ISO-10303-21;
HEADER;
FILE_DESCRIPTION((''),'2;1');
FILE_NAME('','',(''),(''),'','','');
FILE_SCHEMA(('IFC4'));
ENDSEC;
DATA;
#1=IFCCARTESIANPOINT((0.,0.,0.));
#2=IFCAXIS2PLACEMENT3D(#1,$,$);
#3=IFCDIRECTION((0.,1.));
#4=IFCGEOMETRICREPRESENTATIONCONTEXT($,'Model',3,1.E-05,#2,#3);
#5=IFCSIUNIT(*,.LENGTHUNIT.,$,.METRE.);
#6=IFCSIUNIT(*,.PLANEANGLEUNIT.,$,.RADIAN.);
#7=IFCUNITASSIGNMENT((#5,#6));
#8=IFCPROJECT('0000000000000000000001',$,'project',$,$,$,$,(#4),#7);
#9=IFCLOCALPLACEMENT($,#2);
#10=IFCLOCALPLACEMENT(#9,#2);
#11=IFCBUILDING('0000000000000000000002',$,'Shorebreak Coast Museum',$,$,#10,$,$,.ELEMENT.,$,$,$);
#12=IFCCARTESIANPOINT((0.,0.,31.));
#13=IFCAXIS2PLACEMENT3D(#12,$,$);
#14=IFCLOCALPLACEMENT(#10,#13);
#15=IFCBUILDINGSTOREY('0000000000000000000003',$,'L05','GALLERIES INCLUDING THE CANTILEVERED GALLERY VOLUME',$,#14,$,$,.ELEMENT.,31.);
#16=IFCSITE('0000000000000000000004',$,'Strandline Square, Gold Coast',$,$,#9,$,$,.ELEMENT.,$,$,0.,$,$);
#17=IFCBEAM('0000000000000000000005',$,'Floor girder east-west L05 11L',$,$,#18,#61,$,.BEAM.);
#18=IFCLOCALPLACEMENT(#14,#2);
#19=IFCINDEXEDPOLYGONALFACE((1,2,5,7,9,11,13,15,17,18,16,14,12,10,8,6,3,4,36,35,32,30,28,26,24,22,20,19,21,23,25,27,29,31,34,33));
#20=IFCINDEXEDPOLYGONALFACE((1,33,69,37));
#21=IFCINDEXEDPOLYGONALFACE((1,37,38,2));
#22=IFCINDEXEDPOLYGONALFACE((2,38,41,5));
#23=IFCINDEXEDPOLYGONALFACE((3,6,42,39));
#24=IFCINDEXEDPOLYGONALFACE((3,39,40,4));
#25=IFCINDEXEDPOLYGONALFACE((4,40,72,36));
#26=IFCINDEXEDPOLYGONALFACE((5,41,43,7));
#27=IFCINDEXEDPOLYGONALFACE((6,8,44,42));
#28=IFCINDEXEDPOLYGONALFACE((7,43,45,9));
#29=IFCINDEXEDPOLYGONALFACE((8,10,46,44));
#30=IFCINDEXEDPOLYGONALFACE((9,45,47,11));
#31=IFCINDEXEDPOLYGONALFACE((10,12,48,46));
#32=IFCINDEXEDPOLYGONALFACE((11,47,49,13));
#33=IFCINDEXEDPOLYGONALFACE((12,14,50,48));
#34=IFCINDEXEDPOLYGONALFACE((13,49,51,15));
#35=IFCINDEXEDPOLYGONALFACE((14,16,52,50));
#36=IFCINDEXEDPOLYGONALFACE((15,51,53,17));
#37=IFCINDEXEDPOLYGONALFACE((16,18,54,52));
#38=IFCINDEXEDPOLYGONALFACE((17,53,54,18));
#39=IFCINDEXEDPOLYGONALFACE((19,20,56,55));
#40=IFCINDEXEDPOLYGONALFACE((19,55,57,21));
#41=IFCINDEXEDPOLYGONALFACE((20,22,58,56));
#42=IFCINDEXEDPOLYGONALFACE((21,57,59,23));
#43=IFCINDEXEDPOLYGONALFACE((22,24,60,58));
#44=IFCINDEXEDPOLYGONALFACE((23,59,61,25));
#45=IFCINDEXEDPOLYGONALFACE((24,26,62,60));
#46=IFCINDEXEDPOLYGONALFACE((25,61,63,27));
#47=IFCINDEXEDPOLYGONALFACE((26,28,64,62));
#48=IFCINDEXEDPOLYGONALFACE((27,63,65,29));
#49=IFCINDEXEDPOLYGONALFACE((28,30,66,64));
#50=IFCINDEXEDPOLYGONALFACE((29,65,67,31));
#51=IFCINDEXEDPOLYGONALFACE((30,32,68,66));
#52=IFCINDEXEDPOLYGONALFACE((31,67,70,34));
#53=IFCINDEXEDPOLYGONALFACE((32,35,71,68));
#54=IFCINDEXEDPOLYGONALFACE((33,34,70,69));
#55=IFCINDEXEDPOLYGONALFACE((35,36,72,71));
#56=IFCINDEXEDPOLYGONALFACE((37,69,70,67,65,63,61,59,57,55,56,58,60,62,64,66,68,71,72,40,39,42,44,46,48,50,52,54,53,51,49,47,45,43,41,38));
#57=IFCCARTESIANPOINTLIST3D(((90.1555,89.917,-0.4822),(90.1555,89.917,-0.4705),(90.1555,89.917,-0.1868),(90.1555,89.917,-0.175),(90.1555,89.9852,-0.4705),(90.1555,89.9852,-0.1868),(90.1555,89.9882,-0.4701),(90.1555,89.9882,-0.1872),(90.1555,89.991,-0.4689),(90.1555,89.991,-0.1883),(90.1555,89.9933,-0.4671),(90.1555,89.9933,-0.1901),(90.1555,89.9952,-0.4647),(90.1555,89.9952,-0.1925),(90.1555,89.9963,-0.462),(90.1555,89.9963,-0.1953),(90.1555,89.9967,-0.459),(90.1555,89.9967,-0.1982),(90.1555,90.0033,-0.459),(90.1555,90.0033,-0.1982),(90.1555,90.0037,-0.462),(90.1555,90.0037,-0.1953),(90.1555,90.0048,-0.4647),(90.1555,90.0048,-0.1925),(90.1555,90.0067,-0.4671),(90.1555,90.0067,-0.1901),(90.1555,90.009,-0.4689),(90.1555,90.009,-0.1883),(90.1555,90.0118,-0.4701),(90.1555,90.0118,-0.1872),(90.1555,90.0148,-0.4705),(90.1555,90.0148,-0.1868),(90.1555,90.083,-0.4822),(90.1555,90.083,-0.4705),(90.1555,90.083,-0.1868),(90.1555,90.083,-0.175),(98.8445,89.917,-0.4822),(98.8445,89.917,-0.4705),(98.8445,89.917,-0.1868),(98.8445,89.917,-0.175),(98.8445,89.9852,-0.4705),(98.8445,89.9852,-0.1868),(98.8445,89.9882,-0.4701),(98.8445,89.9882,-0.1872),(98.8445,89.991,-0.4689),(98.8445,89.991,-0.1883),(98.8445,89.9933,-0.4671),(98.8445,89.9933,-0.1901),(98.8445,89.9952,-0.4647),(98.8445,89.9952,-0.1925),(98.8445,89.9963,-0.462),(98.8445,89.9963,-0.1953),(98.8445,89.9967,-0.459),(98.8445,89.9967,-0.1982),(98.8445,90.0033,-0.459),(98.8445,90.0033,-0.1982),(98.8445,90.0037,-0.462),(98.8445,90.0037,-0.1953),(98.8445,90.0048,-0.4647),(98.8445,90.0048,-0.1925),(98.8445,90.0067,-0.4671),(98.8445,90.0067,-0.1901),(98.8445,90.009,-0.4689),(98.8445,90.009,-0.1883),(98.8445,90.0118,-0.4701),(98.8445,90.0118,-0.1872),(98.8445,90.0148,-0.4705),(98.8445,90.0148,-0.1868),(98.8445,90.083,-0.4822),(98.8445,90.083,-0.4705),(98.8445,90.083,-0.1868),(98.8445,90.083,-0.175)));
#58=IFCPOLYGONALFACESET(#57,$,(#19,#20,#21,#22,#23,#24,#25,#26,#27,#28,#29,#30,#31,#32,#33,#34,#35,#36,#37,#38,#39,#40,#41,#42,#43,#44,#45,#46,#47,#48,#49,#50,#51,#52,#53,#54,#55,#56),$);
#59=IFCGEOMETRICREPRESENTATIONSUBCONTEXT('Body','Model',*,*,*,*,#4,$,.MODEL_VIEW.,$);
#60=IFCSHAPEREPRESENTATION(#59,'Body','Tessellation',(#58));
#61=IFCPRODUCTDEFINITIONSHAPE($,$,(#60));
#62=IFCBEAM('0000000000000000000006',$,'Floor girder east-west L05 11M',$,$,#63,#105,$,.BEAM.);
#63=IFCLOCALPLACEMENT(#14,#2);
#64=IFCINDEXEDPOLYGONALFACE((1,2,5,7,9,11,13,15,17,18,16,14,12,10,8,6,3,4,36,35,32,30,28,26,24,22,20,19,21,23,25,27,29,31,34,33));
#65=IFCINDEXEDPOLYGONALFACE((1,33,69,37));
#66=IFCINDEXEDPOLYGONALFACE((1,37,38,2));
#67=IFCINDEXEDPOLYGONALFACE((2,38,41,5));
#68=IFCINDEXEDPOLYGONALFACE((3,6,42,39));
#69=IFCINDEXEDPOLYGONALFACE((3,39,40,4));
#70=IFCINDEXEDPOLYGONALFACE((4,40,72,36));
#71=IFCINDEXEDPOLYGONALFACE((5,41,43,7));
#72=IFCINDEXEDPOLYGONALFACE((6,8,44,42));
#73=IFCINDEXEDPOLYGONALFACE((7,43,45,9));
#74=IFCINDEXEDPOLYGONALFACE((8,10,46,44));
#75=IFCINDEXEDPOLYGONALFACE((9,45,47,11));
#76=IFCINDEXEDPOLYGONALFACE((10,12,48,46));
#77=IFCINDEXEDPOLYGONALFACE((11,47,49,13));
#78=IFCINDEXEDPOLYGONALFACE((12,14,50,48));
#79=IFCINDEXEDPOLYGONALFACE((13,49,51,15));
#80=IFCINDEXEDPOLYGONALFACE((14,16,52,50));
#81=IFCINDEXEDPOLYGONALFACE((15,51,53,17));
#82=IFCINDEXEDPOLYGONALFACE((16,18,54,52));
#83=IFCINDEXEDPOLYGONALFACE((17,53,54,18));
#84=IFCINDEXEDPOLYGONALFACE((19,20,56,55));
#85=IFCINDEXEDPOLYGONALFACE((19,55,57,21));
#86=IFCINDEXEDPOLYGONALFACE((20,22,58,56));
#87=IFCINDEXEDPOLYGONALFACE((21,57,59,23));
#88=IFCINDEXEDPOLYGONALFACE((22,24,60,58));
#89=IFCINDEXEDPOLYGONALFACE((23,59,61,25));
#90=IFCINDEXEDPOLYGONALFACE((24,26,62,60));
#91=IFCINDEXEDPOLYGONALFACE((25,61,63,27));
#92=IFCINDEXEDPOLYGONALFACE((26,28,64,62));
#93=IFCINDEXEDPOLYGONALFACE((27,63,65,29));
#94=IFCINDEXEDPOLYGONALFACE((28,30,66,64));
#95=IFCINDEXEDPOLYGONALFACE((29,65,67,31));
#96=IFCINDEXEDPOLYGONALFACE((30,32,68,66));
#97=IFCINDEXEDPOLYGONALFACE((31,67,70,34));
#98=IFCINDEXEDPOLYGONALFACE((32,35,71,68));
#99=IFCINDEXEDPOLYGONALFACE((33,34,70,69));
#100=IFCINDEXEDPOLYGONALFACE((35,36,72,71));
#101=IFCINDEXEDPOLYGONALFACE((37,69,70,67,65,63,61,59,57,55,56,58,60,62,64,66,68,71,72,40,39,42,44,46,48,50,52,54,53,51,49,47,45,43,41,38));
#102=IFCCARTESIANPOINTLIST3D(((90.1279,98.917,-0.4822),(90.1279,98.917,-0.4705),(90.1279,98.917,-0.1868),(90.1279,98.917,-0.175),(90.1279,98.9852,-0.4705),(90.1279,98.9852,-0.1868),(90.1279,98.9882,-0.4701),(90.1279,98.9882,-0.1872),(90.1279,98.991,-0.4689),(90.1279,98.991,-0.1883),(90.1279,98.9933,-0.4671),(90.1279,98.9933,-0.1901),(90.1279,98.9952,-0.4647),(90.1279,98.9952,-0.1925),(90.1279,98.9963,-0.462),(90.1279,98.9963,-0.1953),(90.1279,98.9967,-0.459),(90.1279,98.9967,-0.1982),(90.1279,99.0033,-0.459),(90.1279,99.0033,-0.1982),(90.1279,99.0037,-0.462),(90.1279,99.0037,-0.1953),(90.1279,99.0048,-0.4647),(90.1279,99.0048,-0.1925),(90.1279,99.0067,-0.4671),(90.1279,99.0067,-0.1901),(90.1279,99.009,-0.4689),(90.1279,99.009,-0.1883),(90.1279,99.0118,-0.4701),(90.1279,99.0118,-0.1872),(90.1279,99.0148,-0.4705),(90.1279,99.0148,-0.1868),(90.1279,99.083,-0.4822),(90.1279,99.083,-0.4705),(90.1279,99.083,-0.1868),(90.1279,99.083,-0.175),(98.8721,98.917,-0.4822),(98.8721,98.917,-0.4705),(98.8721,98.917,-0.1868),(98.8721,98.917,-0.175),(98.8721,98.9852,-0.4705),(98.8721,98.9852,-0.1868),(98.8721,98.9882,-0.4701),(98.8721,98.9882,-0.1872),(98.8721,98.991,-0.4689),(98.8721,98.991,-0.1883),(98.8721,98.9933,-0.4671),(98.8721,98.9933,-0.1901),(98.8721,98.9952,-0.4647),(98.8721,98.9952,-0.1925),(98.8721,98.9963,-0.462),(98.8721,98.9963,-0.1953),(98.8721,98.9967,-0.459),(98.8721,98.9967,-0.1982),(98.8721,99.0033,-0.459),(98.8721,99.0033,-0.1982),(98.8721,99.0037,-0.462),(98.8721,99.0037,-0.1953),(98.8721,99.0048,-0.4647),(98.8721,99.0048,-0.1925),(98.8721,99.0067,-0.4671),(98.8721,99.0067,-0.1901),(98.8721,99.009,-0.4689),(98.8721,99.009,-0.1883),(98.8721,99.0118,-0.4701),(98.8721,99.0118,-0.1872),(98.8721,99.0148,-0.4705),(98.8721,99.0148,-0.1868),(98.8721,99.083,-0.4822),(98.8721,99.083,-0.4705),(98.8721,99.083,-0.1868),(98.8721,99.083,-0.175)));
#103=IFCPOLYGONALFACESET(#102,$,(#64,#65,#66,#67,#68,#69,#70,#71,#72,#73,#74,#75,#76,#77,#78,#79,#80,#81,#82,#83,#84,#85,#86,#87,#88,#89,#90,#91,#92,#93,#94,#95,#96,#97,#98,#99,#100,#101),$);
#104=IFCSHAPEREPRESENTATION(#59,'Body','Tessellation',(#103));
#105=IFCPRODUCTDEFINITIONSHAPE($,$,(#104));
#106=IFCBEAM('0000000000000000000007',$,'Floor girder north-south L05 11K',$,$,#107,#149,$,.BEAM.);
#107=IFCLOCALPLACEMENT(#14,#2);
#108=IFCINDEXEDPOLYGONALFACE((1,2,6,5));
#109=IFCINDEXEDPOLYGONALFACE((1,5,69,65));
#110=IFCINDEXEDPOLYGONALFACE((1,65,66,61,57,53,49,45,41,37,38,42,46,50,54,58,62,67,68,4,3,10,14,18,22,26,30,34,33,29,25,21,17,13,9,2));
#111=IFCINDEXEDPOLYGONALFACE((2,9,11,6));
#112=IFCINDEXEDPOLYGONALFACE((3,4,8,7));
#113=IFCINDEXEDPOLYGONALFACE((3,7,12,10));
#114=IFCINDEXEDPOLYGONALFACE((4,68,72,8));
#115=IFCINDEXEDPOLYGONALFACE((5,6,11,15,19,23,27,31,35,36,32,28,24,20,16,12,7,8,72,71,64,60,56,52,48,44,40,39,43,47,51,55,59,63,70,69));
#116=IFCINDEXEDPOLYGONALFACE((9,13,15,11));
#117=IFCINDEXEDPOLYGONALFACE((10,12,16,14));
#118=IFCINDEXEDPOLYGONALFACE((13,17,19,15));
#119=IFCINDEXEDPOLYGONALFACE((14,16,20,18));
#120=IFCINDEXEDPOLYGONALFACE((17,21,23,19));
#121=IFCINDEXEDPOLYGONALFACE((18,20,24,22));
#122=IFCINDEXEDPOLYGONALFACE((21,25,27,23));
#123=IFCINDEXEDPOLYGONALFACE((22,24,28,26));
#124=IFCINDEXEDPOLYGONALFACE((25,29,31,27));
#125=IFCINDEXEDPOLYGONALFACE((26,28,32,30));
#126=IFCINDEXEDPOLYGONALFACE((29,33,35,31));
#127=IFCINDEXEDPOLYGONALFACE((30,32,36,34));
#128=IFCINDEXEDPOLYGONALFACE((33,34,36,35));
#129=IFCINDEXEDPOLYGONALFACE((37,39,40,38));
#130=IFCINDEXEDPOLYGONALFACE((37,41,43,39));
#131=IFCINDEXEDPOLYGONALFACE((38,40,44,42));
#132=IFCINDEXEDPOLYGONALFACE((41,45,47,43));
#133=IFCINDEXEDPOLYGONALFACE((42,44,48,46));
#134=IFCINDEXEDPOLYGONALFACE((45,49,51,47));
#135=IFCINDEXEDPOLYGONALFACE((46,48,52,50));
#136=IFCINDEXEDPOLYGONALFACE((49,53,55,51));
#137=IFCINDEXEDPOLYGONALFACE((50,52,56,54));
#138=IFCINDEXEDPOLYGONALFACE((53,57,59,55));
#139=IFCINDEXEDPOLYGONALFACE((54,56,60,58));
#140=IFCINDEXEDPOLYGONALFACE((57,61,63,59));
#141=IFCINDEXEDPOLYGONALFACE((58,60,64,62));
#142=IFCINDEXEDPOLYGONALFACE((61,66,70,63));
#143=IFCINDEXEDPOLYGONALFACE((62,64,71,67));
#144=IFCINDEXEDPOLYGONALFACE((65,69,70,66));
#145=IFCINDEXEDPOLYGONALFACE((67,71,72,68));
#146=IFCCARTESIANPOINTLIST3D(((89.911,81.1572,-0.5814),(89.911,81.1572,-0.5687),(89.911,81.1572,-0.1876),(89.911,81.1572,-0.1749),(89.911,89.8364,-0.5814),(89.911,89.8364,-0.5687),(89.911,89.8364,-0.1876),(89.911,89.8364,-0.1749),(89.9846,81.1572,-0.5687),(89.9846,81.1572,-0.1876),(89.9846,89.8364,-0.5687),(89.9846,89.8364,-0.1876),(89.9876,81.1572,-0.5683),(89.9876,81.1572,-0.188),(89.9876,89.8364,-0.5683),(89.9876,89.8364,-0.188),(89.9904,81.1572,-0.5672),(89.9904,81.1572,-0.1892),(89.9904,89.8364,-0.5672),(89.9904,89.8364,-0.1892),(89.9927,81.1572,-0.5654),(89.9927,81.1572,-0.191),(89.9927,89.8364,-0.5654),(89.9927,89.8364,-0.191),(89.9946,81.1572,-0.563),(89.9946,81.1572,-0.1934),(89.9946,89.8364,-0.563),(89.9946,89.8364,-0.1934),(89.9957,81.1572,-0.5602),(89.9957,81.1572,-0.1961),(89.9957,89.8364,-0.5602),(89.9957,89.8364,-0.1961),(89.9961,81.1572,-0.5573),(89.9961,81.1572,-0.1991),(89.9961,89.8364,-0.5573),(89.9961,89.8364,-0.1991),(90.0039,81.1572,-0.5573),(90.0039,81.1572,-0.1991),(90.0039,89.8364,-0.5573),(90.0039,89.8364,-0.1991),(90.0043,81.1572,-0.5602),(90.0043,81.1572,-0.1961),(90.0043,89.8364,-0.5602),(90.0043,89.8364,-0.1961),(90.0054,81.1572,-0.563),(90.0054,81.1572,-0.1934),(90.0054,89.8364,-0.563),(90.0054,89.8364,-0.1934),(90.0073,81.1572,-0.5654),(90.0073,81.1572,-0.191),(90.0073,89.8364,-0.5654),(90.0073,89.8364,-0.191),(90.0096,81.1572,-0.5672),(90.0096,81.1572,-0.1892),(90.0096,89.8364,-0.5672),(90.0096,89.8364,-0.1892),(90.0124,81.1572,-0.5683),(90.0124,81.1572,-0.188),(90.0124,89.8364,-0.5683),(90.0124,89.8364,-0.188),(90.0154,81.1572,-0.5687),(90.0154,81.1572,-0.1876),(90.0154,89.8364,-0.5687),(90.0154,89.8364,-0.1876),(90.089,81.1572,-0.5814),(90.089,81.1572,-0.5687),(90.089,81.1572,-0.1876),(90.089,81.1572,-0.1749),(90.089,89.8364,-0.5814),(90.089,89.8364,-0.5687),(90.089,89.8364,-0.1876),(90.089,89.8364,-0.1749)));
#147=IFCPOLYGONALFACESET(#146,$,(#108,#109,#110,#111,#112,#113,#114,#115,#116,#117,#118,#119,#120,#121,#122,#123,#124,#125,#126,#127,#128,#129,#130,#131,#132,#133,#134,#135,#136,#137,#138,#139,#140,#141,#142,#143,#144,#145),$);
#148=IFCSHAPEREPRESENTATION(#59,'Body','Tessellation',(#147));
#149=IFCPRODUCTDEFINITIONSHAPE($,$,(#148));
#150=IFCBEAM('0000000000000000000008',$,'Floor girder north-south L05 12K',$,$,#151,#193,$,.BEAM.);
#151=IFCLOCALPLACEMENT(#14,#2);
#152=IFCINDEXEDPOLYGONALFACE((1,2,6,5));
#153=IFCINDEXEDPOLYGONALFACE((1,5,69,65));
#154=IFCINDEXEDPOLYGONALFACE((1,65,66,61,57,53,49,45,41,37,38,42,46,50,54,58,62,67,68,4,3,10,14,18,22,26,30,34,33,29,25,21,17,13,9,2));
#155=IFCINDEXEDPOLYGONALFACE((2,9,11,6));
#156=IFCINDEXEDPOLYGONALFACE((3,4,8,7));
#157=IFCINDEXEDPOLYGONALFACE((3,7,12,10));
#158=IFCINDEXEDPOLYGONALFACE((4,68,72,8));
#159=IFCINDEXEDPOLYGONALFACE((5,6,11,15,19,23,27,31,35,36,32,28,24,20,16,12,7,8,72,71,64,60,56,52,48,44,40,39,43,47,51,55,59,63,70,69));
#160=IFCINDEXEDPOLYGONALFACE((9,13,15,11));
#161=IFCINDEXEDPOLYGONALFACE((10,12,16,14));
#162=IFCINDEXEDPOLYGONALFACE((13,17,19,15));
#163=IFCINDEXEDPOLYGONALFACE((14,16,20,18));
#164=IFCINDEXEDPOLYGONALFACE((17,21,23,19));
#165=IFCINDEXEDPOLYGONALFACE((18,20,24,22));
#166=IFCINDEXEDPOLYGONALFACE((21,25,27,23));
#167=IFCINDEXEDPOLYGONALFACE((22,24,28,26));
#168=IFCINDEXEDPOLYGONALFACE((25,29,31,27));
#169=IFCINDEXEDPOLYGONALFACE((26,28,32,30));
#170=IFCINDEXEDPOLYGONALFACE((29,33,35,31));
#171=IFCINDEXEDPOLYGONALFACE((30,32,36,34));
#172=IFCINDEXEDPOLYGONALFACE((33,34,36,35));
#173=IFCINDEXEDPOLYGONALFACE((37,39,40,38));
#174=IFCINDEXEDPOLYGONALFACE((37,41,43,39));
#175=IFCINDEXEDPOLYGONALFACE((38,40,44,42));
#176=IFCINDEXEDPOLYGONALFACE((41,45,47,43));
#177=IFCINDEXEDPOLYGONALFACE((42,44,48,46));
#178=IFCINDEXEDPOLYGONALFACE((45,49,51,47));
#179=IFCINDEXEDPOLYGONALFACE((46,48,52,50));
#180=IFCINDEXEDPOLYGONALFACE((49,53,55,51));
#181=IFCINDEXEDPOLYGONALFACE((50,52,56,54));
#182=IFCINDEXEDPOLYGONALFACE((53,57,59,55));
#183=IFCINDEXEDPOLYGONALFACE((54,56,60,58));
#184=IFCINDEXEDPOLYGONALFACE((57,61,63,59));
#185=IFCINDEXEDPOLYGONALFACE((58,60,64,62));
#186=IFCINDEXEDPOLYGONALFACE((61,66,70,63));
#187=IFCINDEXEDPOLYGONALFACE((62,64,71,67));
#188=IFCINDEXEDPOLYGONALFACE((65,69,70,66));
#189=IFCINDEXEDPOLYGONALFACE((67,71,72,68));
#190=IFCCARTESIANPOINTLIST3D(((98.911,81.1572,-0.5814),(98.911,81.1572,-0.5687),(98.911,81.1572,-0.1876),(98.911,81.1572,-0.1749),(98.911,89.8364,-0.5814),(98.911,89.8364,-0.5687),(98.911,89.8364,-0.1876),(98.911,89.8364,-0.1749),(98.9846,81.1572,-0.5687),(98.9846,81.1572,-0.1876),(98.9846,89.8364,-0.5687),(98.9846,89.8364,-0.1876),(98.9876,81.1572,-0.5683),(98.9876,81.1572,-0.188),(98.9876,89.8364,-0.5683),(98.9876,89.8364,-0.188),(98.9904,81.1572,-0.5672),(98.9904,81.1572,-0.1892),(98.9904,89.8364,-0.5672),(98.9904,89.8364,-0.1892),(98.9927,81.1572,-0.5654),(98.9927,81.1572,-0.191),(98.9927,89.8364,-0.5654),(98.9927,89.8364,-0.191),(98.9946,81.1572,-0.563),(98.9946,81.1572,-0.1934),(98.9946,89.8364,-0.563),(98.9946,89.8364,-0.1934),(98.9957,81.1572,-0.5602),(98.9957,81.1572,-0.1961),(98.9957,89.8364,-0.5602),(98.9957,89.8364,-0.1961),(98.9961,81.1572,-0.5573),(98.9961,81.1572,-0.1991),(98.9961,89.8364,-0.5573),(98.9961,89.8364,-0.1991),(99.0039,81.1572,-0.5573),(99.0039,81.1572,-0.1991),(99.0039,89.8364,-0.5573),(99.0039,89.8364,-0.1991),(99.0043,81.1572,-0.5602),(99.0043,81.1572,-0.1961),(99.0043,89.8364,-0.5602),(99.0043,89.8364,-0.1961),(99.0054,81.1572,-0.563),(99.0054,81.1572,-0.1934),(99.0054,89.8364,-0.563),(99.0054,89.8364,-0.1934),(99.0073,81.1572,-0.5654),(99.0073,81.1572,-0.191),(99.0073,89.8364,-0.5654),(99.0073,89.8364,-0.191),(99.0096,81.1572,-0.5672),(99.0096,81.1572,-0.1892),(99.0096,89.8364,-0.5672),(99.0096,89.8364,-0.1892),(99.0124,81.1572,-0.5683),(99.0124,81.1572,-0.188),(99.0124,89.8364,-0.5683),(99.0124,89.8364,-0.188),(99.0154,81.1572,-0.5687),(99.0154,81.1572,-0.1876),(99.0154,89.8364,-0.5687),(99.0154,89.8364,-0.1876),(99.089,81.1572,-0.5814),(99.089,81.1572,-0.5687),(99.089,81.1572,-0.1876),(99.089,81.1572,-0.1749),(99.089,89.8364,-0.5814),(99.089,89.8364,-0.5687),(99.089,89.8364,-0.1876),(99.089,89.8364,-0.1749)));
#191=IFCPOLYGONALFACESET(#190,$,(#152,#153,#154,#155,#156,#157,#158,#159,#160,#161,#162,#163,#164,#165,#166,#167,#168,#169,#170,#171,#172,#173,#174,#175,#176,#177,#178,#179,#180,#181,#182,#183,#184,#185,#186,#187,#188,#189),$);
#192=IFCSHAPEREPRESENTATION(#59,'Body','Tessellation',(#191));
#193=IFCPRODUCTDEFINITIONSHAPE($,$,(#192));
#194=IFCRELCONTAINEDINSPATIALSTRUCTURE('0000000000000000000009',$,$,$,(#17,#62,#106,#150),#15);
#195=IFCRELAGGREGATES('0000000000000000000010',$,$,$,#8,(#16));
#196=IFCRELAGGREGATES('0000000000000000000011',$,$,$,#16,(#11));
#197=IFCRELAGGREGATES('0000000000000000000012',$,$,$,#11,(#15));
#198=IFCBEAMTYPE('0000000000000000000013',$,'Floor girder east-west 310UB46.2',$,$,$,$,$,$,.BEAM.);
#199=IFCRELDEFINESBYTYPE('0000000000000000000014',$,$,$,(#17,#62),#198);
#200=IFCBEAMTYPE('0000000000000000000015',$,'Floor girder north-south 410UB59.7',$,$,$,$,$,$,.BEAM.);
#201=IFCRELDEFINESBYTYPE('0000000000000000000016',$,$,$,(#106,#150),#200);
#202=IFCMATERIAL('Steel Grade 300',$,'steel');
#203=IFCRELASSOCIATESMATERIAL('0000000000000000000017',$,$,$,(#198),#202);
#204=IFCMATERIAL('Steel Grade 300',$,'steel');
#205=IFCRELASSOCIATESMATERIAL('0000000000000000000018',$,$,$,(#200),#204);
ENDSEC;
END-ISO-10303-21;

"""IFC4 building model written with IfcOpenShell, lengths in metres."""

from ifc_helpers import new_model, si_unit, direction, frame, origin, origin_2d, place, context, subcontext, project, spatial, i_section, extrude, material, material_profile, profile_set, type_object, element, save


model = new_model("IFC4")

# Units and contexts
model_context = context("Model", 3, precision=1e-05, world=origin(), true_north=direction((0.0, 1.0)))
body_context = subcontext(model_context, "Body", "Model", "MODEL_VIEW")
ifc_project = project(units=[si_unit("LENGTHUNIT", "METRE"), si_unit("PLANEANGLEUNIT", "RADIAN")], contexts=[model_context])

# Site, building, storey
site_placement = place(None, origin())
site = spatial("IfcSite", under=ifc_project, at=site_placement, Name="Strandline Square, Gold Coast", CompositionType="ELEMENT", RefElevation=0.0)
building_placement = place(site_placement, origin())
building = spatial("IfcBuilding", under=site, at=building_placement, Name="Shorebreak Coast Museum", CompositionType="ELEMENT")
storey_placement = place(building_placement, frame((0.0, 0.0, 31.0)))
storey = spatial("IfcBuildingStorey", under=building, at=storey_placement, Name="L05", Description="GALLERIES INCLUDING THE CANTILEVERED GALLERY VOLUME", CompositionType="ELEMENT", Elevation=31.0)

# Beams
ifc_material_1 = material(Name="Steel Grade 300", Category="steel")
ifc_material_profile_1 = material_profile(ifc_material_1, i_section(OverallWidth=0.166, OverallDepth=0.3071, WebThickness=0.0066, FlangeThickness=0.0117, FilletRadius=0.0115, at=origin_2d()), Name="310UB46.2")
ifc_profile_set_1 = profile_set([ifc_material_profile_1], Name="Steel Grade 300")
beam_type_1 = type_object("IfcBeamType", Name="Floor girder east-west 310UB46.2", PredefinedType="BEAM", material=ifc_profile_set_1)
beam_1_placement = place(storey_placement, frame((90.1555, 90.0, -0.3286), z_axis=(1.0, 0.0, 0.0), x_axis=(0.0, 1.0, 0.0)))
element("IfcBeam", 1, at=beam_1_placement, inside=storey, type_object=beam_type_1, Name="Floor girder east-west L05 11L", PredefinedType="BEAM", context=body_context, shape_type="SweptSolid", body=[
    extrude(i_section(OverallWidth=0.166, OverallDepth=0.3071, WebThickness=0.0066, FlangeThickness=0.0117, FilletRadius=0.0115, at=origin_2d()), origin(), (0.0, 0.0, 1.0), 8.689),
])
beam_2_placement = place(storey_placement, frame((90.1279, 99.0, -0.3286), z_axis=(1.0, 0.0, 0.0), x_axis=(0.0, 1.0, 0.0)))
element("IfcBeam", 2, at=beam_2_placement, inside=storey, type_object=beam_type_1, Name="Floor girder east-west L05 11M", PredefinedType="BEAM", context=body_context, shape_type="SweptSolid", body=[
    extrude(i_section(OverallWidth=0.166, OverallDepth=0.3071, WebThickness=0.0066, FlangeThickness=0.0117, FilletRadius=0.0115, at=origin_2d()), origin(), (0.0, 0.0, 1.0), 8.7441),
])
ifc_material_2 = material(Name="Steel Grade 300", Category="steel")
ifc_material_profile_2 = material_profile(ifc_material_2, i_section(OverallWidth=0.178, OverallDepth=0.4065, WebThickness=0.0078, FlangeThickness=0.0127, FilletRadius=0.0115, at=origin_2d()), Name="410UB59.7")
ifc_profile_set_2 = profile_set([ifc_material_profile_2], Name="Steel Grade 300")
beam_type_2 = type_object("IfcBeamType", Name="Floor girder north-south 410UB59.7", PredefinedType="BEAM", material=ifc_profile_set_2)
for number, where, z_axis, x_axis, name in (
    (3, (90.0, 81.1572, -0.3782), (0.0, 1.0, 0.0), (-1.0, 0.0, 0.0), "Floor girder north-south L05 11K"),
    (4, (99.0, 81.1572, -0.3782), (0.0, 1.0, 0.0), (-1.0, 0.0, 0.0), "Floor girder north-south L05 12K"),
):
    element("IfcBeam", number, at=place(storey_placement, frame(where, z_axis=z_axis, x_axis=x_axis)), inside=storey, type_object=beam_type_2, Name=name, PredefinedType="BEAM", context=body_context, shape_type="SweptSolid", body=[
        extrude(i_section(OverallWidth=0.178, OverallDepth=0.4065, WebThickness=0.0078, FlangeThickness=0.0127, FilletRadius=0.0115, at=origin_2d()), origin(), (0.0, 0.0, 1.0), 8.6792),
    ])

save(model, "model.ifc")
